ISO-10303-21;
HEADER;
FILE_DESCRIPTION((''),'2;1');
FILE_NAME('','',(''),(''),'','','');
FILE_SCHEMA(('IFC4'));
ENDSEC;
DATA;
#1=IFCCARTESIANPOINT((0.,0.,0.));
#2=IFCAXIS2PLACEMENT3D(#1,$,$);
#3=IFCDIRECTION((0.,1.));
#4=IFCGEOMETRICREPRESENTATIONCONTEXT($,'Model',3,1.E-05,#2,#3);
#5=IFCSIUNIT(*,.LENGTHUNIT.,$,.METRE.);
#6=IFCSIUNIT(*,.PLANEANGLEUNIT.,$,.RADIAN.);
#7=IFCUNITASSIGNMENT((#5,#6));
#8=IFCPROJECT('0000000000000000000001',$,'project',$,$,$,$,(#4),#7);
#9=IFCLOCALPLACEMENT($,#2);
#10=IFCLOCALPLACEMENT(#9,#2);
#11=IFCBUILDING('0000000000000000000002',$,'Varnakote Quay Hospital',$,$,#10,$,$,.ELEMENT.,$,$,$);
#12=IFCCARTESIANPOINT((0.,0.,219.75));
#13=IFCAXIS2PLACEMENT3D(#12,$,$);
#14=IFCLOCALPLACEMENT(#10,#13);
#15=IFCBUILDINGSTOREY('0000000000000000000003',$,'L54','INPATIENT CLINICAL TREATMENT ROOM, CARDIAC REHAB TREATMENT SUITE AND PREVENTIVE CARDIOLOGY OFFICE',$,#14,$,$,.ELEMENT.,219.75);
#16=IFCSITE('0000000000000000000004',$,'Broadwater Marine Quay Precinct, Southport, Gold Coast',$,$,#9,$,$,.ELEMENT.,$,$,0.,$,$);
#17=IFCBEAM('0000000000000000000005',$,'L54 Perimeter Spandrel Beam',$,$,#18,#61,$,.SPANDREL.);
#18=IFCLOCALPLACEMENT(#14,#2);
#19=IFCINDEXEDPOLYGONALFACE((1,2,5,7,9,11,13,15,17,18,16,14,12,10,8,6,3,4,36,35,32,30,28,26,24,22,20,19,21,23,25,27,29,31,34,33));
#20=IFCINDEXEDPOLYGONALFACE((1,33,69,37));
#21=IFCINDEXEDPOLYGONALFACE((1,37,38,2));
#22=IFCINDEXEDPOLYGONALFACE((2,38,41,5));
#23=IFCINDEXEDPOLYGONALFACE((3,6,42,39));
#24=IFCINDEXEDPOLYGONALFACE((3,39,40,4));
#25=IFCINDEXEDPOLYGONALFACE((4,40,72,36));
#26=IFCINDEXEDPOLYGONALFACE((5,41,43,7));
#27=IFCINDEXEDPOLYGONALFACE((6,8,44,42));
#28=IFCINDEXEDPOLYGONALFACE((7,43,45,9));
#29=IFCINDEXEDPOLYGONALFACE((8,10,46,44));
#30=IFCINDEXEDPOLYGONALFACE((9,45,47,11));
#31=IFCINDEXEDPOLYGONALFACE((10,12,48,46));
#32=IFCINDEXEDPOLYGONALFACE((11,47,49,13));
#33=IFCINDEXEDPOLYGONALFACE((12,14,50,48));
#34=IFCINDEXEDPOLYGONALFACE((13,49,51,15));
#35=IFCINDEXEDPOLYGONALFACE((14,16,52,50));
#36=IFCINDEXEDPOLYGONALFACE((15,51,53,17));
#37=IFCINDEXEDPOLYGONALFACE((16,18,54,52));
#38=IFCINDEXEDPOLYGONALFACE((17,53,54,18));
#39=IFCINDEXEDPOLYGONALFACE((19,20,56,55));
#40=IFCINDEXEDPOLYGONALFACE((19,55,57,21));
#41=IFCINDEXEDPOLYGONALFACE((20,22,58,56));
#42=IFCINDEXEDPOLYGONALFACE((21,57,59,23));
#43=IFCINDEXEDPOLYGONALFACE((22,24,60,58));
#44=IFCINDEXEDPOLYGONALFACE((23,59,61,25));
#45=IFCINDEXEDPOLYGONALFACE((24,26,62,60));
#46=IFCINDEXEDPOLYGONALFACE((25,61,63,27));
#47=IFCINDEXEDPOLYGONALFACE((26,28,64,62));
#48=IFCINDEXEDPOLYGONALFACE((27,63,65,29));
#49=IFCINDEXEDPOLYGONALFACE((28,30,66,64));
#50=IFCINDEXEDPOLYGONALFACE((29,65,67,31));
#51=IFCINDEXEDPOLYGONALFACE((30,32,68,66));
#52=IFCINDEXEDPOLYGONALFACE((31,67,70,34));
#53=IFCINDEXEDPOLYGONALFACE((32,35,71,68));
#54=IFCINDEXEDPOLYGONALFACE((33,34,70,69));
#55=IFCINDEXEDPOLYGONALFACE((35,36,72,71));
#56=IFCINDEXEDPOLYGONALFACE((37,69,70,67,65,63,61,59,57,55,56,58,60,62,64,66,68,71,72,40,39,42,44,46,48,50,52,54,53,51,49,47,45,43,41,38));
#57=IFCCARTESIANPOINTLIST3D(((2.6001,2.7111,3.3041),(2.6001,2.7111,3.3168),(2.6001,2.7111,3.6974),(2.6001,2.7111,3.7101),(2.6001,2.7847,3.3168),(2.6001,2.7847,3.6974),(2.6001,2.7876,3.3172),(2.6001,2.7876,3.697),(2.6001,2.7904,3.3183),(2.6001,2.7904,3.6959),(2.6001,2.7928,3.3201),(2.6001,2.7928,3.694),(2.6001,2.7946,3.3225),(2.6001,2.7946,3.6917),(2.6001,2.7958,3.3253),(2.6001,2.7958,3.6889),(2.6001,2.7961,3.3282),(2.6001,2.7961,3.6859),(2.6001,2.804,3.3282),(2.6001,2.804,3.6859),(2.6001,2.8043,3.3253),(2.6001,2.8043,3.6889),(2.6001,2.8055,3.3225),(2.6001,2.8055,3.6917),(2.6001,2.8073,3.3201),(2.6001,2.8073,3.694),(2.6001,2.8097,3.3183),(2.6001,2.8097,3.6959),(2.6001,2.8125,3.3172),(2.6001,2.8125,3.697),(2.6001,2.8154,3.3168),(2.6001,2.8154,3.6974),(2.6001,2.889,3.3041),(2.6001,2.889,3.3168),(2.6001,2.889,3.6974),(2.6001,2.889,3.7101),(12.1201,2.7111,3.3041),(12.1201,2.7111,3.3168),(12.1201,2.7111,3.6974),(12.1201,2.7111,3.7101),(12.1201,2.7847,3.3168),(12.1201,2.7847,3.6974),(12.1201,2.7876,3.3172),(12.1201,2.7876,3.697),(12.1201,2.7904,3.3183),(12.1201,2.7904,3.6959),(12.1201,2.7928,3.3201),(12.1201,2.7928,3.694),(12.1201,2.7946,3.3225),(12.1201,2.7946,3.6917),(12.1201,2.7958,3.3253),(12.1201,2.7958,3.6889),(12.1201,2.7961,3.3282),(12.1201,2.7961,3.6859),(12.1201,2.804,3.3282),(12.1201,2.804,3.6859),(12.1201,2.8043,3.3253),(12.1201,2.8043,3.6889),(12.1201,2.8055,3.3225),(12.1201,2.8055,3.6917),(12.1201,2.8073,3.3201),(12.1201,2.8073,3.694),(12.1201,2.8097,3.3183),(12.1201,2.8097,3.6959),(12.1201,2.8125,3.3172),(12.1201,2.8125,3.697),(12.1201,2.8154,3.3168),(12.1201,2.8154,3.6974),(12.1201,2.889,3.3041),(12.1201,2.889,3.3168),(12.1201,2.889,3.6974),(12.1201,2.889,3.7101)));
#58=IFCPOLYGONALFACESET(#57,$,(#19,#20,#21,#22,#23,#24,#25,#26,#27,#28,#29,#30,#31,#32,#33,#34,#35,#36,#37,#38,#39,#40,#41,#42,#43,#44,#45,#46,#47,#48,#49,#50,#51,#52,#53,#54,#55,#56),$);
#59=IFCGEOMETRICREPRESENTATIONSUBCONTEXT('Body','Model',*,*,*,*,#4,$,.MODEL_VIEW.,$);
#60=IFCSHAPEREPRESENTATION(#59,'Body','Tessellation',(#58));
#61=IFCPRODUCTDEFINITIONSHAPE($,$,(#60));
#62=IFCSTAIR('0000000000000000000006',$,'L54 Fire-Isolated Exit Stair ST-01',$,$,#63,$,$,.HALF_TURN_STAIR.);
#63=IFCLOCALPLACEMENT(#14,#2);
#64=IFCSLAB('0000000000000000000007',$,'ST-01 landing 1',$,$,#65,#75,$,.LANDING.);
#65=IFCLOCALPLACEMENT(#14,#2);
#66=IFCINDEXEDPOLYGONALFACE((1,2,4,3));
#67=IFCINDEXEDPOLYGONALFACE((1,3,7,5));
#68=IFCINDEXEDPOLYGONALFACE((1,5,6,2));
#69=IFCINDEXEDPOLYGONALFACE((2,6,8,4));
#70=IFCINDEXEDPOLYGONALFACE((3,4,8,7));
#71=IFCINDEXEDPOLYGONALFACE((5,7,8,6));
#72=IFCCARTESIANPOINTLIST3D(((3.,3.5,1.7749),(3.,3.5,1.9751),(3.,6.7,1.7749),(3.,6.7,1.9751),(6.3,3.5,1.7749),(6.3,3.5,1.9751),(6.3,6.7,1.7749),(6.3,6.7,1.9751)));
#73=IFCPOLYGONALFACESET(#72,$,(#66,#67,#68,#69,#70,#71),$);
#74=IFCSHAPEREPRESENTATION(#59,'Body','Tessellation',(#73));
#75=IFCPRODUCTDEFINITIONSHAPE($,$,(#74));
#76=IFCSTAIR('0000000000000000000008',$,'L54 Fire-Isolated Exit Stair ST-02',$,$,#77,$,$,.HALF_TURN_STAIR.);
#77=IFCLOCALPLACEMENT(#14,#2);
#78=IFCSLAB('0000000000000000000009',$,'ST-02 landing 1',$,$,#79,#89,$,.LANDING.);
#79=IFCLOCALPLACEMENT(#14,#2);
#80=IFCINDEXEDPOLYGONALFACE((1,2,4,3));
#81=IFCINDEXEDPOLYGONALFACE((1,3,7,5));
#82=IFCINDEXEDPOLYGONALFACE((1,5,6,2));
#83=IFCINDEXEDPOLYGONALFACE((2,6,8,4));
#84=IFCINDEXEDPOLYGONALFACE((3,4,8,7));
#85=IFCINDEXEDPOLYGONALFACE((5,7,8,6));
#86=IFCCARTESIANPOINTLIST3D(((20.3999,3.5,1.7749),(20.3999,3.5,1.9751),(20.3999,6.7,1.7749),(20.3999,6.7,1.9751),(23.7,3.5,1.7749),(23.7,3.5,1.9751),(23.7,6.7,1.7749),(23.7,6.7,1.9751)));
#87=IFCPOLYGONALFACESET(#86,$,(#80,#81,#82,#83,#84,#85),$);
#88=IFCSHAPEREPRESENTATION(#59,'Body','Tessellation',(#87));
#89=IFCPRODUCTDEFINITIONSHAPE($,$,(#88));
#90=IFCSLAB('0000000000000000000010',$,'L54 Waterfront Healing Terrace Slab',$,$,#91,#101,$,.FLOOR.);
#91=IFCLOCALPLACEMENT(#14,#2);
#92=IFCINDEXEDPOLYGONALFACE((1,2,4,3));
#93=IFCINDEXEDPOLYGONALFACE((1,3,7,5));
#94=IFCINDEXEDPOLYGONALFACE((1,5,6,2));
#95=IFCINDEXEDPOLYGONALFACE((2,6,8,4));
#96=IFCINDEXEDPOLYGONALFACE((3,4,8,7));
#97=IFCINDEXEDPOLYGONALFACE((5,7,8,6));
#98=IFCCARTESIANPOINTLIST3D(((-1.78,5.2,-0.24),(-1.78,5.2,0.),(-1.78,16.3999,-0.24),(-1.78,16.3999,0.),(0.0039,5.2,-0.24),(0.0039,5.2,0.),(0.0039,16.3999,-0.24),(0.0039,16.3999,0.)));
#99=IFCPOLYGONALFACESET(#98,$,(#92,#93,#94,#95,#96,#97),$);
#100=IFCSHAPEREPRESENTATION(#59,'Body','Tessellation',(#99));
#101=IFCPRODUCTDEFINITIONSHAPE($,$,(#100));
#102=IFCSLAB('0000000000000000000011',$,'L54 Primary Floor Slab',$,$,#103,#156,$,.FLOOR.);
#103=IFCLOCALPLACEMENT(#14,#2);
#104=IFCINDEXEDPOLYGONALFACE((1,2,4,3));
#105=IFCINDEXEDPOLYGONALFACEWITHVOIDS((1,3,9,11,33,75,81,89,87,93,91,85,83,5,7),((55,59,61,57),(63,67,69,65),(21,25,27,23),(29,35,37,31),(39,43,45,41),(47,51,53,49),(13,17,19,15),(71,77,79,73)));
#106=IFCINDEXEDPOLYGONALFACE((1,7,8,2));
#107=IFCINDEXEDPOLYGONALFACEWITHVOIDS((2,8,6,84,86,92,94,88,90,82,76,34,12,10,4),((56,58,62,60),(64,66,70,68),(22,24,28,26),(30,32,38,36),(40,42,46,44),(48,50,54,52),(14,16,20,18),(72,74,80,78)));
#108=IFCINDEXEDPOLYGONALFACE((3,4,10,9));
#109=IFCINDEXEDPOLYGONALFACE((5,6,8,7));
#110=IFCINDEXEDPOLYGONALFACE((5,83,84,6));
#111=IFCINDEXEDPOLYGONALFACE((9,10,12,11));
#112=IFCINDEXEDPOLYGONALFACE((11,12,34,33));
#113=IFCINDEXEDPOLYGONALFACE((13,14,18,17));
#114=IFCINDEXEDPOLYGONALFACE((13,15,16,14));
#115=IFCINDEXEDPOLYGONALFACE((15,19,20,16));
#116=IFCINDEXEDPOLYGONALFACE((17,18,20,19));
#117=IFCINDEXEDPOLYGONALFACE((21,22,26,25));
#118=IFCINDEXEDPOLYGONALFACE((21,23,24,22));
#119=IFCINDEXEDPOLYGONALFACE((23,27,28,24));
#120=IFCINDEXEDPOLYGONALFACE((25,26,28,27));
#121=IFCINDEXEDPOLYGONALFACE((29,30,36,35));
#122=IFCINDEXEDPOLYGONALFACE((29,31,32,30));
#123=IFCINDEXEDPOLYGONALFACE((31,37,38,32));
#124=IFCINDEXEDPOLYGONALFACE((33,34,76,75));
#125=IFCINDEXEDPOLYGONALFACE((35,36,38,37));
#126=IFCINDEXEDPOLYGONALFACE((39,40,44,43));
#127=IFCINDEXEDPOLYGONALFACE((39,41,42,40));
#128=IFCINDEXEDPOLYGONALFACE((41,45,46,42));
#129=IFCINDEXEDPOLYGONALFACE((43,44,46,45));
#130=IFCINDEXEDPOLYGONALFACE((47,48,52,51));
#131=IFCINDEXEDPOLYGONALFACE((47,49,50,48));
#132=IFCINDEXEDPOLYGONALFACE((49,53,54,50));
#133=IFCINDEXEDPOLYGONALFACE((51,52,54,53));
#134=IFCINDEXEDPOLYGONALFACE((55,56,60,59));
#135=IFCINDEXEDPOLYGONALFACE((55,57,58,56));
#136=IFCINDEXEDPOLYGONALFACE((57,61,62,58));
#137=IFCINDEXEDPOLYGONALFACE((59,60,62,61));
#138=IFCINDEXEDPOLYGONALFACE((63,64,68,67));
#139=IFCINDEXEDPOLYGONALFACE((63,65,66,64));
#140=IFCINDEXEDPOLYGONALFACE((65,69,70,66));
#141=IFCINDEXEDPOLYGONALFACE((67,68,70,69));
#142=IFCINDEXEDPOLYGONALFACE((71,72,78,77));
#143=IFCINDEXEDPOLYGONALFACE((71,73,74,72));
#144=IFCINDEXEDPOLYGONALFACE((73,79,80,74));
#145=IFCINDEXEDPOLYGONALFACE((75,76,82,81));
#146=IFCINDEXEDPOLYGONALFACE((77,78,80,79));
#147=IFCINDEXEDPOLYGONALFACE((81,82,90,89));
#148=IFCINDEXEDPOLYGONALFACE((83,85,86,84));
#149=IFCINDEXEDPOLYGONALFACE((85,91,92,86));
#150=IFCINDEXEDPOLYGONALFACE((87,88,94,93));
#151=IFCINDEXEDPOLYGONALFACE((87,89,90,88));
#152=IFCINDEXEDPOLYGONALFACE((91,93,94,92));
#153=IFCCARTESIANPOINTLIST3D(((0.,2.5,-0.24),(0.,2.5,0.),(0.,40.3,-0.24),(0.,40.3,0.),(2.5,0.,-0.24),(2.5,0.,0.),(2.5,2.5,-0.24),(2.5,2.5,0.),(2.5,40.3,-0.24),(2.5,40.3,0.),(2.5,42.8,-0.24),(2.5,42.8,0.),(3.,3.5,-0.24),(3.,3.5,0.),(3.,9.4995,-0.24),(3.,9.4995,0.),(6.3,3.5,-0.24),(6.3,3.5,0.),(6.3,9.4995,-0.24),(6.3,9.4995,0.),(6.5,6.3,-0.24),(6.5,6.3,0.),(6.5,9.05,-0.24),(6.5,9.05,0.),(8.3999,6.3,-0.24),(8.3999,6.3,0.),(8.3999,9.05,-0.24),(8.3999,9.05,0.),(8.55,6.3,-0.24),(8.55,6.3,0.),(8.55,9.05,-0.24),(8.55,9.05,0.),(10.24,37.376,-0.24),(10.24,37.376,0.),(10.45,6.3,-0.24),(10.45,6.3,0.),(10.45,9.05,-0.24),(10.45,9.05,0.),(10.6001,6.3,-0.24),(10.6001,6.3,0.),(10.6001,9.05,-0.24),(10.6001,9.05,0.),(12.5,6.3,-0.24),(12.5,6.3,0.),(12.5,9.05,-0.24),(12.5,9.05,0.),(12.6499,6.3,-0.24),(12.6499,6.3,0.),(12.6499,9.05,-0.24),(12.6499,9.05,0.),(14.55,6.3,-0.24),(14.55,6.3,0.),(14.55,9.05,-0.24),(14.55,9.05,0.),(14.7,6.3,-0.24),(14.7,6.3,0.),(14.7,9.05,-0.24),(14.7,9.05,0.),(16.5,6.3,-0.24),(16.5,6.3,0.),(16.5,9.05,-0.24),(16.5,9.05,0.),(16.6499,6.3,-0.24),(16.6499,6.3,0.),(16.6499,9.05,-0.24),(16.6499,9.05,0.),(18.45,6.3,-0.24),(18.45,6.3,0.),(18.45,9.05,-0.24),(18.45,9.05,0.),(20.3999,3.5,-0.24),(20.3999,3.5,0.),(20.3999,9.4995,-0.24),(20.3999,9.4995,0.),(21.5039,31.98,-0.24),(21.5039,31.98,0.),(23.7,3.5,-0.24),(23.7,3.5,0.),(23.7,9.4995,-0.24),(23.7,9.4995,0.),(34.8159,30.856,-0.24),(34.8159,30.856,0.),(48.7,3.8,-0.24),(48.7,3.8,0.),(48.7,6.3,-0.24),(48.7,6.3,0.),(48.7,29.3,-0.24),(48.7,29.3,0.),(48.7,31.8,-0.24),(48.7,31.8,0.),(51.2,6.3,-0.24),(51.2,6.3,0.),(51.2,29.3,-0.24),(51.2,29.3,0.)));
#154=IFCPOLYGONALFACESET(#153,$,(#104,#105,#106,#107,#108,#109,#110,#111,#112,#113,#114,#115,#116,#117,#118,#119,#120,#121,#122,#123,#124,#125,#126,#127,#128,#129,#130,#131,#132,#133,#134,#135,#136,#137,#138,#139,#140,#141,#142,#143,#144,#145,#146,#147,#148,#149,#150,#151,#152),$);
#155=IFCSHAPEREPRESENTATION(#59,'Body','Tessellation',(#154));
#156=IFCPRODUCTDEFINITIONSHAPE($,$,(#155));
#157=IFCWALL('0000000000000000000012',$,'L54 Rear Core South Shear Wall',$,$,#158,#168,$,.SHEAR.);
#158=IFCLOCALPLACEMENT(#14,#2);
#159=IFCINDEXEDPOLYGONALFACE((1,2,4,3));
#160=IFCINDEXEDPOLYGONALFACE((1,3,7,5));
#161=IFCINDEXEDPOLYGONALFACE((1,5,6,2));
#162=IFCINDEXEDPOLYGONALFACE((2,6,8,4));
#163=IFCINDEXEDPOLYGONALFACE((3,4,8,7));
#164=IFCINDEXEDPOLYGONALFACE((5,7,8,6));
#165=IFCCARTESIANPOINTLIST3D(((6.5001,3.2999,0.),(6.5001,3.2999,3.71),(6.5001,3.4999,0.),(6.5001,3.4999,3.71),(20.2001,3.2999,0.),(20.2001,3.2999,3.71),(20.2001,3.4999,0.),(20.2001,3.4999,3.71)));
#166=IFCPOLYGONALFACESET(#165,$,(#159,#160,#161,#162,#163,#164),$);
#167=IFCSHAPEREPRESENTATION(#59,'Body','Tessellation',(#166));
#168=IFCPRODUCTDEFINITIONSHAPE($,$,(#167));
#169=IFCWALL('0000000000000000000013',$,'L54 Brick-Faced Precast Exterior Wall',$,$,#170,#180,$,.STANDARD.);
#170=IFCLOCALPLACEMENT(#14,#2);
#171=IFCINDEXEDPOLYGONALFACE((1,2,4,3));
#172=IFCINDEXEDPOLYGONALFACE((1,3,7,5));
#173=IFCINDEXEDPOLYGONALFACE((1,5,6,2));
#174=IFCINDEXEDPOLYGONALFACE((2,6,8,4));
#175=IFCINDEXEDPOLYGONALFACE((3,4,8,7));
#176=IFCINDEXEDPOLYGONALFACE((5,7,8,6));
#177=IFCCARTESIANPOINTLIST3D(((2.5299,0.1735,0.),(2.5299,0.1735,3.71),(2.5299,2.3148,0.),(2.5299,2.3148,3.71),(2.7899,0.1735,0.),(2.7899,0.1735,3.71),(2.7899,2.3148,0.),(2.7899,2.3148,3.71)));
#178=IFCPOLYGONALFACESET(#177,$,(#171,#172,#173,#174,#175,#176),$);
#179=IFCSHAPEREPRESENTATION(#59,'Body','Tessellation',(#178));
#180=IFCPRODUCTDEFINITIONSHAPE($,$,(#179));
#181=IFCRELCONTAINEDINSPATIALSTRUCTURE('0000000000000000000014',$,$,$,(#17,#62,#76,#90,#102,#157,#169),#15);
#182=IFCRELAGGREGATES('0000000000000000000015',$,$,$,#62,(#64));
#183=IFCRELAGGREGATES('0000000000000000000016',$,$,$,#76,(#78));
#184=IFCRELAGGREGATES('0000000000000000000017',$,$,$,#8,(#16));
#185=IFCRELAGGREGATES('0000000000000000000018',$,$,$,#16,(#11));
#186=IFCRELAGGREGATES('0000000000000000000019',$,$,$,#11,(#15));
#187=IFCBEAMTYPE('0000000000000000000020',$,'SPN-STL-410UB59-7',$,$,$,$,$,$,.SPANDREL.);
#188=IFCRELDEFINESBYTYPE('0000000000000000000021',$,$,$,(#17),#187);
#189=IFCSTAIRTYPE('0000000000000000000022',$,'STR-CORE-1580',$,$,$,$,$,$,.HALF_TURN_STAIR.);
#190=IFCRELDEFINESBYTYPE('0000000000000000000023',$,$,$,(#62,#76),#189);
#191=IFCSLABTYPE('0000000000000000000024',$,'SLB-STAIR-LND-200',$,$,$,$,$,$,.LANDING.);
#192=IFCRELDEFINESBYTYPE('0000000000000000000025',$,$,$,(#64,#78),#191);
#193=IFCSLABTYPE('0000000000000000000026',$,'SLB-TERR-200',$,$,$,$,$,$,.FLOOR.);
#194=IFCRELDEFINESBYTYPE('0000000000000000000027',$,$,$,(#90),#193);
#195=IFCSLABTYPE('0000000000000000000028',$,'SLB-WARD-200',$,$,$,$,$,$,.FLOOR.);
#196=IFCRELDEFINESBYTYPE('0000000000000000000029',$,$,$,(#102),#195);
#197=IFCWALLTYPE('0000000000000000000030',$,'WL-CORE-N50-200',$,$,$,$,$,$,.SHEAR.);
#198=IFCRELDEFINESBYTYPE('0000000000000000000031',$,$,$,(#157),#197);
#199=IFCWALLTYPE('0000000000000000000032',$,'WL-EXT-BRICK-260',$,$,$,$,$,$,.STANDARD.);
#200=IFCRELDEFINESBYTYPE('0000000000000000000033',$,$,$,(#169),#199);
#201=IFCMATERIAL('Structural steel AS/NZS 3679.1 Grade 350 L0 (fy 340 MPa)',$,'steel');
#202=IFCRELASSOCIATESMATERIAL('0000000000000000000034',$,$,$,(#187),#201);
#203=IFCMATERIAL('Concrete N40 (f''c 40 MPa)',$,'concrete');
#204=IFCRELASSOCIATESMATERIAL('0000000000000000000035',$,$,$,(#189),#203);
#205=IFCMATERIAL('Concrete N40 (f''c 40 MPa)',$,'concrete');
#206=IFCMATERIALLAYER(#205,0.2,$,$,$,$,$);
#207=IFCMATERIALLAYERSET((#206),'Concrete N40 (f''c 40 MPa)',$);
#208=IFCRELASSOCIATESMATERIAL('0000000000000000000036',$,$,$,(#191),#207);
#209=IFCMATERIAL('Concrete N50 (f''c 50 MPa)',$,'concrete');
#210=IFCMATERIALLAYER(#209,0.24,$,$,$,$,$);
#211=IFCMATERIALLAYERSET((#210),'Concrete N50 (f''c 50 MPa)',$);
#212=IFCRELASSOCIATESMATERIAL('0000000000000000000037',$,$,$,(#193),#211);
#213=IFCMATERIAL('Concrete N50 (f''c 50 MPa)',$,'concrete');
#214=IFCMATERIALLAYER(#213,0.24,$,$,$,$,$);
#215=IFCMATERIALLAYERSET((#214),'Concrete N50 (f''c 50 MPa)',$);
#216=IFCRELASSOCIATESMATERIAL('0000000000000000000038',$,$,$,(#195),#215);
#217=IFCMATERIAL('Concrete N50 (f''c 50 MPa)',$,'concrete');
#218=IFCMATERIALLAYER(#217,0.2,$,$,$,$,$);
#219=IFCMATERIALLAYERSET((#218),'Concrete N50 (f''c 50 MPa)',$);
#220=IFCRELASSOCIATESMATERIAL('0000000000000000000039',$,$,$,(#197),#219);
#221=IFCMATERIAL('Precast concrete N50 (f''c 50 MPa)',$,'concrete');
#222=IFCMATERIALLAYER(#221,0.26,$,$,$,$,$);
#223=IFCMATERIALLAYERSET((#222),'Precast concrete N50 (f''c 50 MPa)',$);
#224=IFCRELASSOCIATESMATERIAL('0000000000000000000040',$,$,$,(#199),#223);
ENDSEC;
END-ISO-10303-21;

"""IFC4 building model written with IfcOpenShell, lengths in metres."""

from ifc_helpers import new_model, si_unit, direction, frame, frame_2d, origin, origin_2d, place, context, subcontext, project, spatial, polyline, rectangle, i_section, outline, extrude, material, layer, layer_set, material_profile, profile_set, type_object, element, aggregate, save


model = new_model("IFC4")

# Units and contexts
model_context = context("Model", 3, precision=1e-05, world=origin(), true_north=direction((0.0, 1.0)))
body_context = subcontext(model_context, "Body", "Model", "MODEL_VIEW")
ifc_project = project(units=[si_unit("LENGTHUNIT", "METRE"), si_unit("PLANEANGLEUNIT", "RADIAN")], contexts=[model_context])

# Site, building, storey
site_placement = place(None, origin())
site = spatial("IfcSite", under=ifc_project, at=site_placement, Name="Broadwater Marine Quay Precinct, Southport, Gold Coast", CompositionType="ELEMENT", RefElevation=0.0)
building_placement = place(site_placement, origin())
building = spatial("IfcBuilding", under=site, at=building_placement, Name="Varnakote Quay Hospital", CompositionType="ELEMENT")
storey_placement = place(building_placement, frame((0.0, 0.0, 219.75)))
storey = spatial("IfcBuildingStorey", under=building, at=storey_placement, Name="L54", Description="INPATIENT CLINICAL TREATMENT ROOM, CARDIAC REHAB TREATMENT SUITE AND PREVENTIVE CARDIOLOGY OFFICE", CompositionType="ELEMENT", Elevation=219.75)

# Beam
ifc_material_1 = material(Name="Structural steel AS/NZS 3679.1 Grade 350 L0 (fy 340 MPa)", Category="steel")
ifc_material_profile_1 = material_profile(ifc_material_1, i_section(OverallWidth=0.178, OverallDepth=0.406, WebThickness=0.0078, FlangeThickness=0.0127, FilletRadius=0.0115, at=origin_2d()), Name="410UB59.7")
ifc_profile_set_1 = profile_set([ifc_material_profile_1], Name="Structural steel AS/NZS 3679.1 Grade 350 L0 (fy 340 MPa)")
beam_type_1 = type_object("IfcBeamType", Name="SPN-STL-410UB59-7", PredefinedType="SPANDREL", material=ifc_profile_set_1)
beam_1_placement = place(storey_placement, frame((2.6001, 2.8, 3.5071), z_axis=(1.0, 0.0, 0.0), x_axis=(0.0, 1.0, 0.0)))
element("IfcBeam", 1, at=beam_1_placement, inside=storey, type_object=beam_type_1, Name="L54 Perimeter Spandrel Beam", PredefinedType="SPANDREL", context=body_context, shape_type="SweptSolid", body=[
    extrude(i_section(OverallWidth=0.178, OverallDepth=0.406, WebThickness=0.0078, FlangeThickness=0.0127, FilletRadius=0.0115, at=origin_2d()), origin(), (0.0, 0.0, 1.0), 9.52),
])

# Stairs, slabs
ifc_material_2 = material(Name="Concrete N40 (f'c 40 MPa)", Category="concrete")
stair_type = type_object("IfcStairType", Name="STR-CORE-1580", PredefinedType="HALF_TURN_STAIR", material=ifc_material_2)
stair_1_placement = place(storey_placement, origin())
stair_1 = element("IfcStair", 2, at=stair_1_placement, inside=storey, type_object=stair_type, Name="L54 Fire-Isolated Exit Stair ST-01", PredefinedType="HALF_TURN_STAIR")
ifc_material_3 = material(Name="Concrete N40 (f'c 40 MPa)", Category="concrete")
ifc_layer_1 = layer(ifc_material_3, 0.2)
ifc_layer_set_1 = layer_set([ifc_layer_1], Name="Concrete N40 (f'c 40 MPa)")
slab_type_1 = type_object("IfcSlabType", Name="SLB-STAIR-LND-200", PredefinedType="LANDING", material=ifc_layer_set_1)
slab_1_placement = place(storey_placement, frame((0.0, 0.0, 1.7749)))
slab_1 = element("IfcSlab", 3, at=slab_1_placement, type_object=slab_type_1, Name="ST-01 landing 1", PredefinedType="LANDING", context=body_context, shape_type="SweptSolid", body=[
    extrude(outline(polyline([(3.0, 6.7), (3.0, 3.5), (6.3, 3.5), (6.3, 6.7), (3.0, 6.7)])), origin(), (0.0, 0.0, 1.0), 0.2002),
])
aggregate(stair_1, [slab_1])
stair_2_placement = place(storey_placement, origin())
stair_2 = element("IfcStair", 4, at=stair_2_placement, inside=storey, type_object=stair_type, Name="L54 Fire-Isolated Exit Stair ST-02", PredefinedType="HALF_TURN_STAIR")
slab_2_placement = place(storey_placement, frame((0.0, 0.0, 1.7749)))
slab_2 = element("IfcSlab", 5, at=slab_2_placement, type_object=slab_type_1, Name="ST-02 landing 1", PredefinedType="LANDING", context=body_context, shape_type="SweptSolid", body=[
    extrude(outline(polyline([(20.3999, 6.7), (20.3999, 3.5), (23.7, 3.5), (23.7, 6.7), (20.3999, 6.7)])), origin(), (0.0, 0.0, 1.0), 0.2002),
])
aggregate(stair_2, [slab_2])

# Slabs
ifc_material_4 = material(Name="Concrete N50 (f'c 50 MPa)", Category="concrete")
ifc_layer_2 = layer(ifc_material_4, 0.24)
ifc_layer_set_2 = layer_set([ifc_layer_2], Name="Concrete N50 (f'c 50 MPa)")
slab_type_2 = type_object("IfcSlabType", Name="SLB-TERR-200", PredefinedType="FLOOR", material=ifc_layer_set_2)
slab_3_placement = place(storey_placement, frame((0.0, 0.0, -0.24)))
element("IfcSlab", 6, at=slab_3_placement, inside=storey, type_object=slab_type_2, Name="L54 Waterfront Healing Terrace Slab", PredefinedType="FLOOR", context=body_context, shape_type="SweptSolid", body=[
    extrude(outline(polyline([(0.0039, 5.2), (0.0039, 16.3999), (-1.78, 16.3999), (-1.78, 5.2), (0.0039, 5.2)])), origin(), (0.0, 0.0, 1.0), 0.24),
])
ifc_material_5 = material(Name="Concrete N50 (f'c 50 MPa)", Category="concrete")
ifc_layer_3 = layer(ifc_material_5, 0.24)
ifc_layer_set_3 = layer_set([ifc_layer_3], Name="Concrete N50 (f'c 50 MPa)")
slab_type_3 = type_object("IfcSlabType", Name="SLB-WARD-200", PredefinedType="FLOOR", material=ifc_layer_set_3)
slab_4_placement = place(storey_placement, frame((0.0, 0.0, -0.24)))
element("IfcSlab", 7, at=slab_4_placement, inside=storey, type_object=slab_type_3, Name="L54 Primary Floor Slab", PredefinedType="FLOOR", context=body_context, shape_type="SweptSolid", body=[
    extrude(outline(polyline([(0.0, 2.5), (2.5, 2.5), (2.5, 0.0), (48.7, 3.8), (48.7, 6.3), (51.2, 6.3), (51.2, 29.3), (48.7, 29.3), (48.7, 31.8), (34.8159, 30.856), (21.5039, 31.98), (10.24, 37.376), (2.5, 42.8), (2.5, 40.3), (0.0, 40.3), (0.0, 2.5)]), holes=[polyline([(3.0, 3.5), (6.3, 3.5), (6.3, 9.4995), (3.0, 9.4995), (3.0, 3.5)]), polyline([(20.3999, 3.5), (23.7, 3.5), (23.7, 9.4995), (20.3999, 9.4995), (20.3999, 3.5)]), polyline([(6.5, 6.3), (8.3999, 6.3), (8.3999, 9.05), (6.5, 9.05), (6.5, 6.3)]), polyline([(8.55, 6.3), (10.45, 6.3), (10.45, 9.05), (8.55, 9.05), (8.55, 6.3)]), polyline([(10.6001, 6.3), (12.5, 6.3), (12.5, 9.05), (10.6001, 9.05), (10.6001, 6.3)]), polyline([(12.6499, 6.3), (14.55, 6.3), (14.55, 9.05), (12.6499, 9.05), (12.6499, 6.3)]), polyline([(14.7, 6.3), (16.5, 6.3), (16.5, 9.05), (14.7, 9.05), (14.7, 6.3)]), polyline([(16.6499, 6.3), (18.45, 6.3), (18.45, 9.05), (16.6499, 9.05), (16.6499, 6.3)])]), origin(), (0.0, 0.0, 1.0), 0.24),
])

# Walls
ifc_material_6 = material(Name="Concrete N50 (f'c 50 MPa)", Category="concrete")
ifc_layer_4 = layer(ifc_material_6, 0.2)
ifc_layer_set_4 = layer_set([ifc_layer_4], Name="Concrete N50 (f'c 50 MPa)")
wall_type_1 = type_object("IfcWallType", Name="WL-CORE-N50-200", PredefinedType="SHEAR", material=ifc_layer_set_4)
wall_1_placement = place(storey_placement, frame((6.5, 3.3999, 0.0), z_axis=(0.0, 0.0, 1.0), x_axis=(1.0, 0.0, 0.0)))
element("IfcWall", 8, at=wall_1_placement, inside=storey, type_object=wall_type_1, Name="L54 Rear Core South Shear Wall", PredefinedType="SHEAR", context=body_context, shape_type="SweptSolid", body=[
    extrude(rectangle(XDim=13.7, YDim=0.2, at=frame_2d((6.8501, 0.0))), origin(), (0.0, 0.0, 1.0), 3.71),
])
ifc_material_7 = material(Name="Precast concrete N50 (f'c 50 MPa)", Category="concrete")
ifc_layer_5 = layer(ifc_material_7, 0.26)
ifc_layer_set_5 = layer_set([ifc_layer_5], Name="Precast concrete N50 (f'c 50 MPa)")
wall_type_2 = type_object("IfcWallType", Name="WL-EXT-BRICK-260", PredefinedType="STANDARD", material=ifc_layer_set_5)
wall_2_placement = place(storey_placement, frame((2.6599, 2.3149, 0.0), z_axis=(0.0, 0.0, 1.0), x_axis=(0.0, -1.0, 0.0)))
element("IfcWall", 9, at=wall_2_placement, inside=storey, type_object=wall_type_2, Name="L54 Brick-Faced Precast Exterior Wall", PredefinedType="STANDARD", context=body_context, shape_type="SweptSolid", body=[
    extrude(rectangle(XDim=2.1414, YDim=0.26, at=frame_2d((1.0708, 0.0))), origin(), (0.0, 0.0, 1.0), 3.71),
])

save(model, "model.ifc")
